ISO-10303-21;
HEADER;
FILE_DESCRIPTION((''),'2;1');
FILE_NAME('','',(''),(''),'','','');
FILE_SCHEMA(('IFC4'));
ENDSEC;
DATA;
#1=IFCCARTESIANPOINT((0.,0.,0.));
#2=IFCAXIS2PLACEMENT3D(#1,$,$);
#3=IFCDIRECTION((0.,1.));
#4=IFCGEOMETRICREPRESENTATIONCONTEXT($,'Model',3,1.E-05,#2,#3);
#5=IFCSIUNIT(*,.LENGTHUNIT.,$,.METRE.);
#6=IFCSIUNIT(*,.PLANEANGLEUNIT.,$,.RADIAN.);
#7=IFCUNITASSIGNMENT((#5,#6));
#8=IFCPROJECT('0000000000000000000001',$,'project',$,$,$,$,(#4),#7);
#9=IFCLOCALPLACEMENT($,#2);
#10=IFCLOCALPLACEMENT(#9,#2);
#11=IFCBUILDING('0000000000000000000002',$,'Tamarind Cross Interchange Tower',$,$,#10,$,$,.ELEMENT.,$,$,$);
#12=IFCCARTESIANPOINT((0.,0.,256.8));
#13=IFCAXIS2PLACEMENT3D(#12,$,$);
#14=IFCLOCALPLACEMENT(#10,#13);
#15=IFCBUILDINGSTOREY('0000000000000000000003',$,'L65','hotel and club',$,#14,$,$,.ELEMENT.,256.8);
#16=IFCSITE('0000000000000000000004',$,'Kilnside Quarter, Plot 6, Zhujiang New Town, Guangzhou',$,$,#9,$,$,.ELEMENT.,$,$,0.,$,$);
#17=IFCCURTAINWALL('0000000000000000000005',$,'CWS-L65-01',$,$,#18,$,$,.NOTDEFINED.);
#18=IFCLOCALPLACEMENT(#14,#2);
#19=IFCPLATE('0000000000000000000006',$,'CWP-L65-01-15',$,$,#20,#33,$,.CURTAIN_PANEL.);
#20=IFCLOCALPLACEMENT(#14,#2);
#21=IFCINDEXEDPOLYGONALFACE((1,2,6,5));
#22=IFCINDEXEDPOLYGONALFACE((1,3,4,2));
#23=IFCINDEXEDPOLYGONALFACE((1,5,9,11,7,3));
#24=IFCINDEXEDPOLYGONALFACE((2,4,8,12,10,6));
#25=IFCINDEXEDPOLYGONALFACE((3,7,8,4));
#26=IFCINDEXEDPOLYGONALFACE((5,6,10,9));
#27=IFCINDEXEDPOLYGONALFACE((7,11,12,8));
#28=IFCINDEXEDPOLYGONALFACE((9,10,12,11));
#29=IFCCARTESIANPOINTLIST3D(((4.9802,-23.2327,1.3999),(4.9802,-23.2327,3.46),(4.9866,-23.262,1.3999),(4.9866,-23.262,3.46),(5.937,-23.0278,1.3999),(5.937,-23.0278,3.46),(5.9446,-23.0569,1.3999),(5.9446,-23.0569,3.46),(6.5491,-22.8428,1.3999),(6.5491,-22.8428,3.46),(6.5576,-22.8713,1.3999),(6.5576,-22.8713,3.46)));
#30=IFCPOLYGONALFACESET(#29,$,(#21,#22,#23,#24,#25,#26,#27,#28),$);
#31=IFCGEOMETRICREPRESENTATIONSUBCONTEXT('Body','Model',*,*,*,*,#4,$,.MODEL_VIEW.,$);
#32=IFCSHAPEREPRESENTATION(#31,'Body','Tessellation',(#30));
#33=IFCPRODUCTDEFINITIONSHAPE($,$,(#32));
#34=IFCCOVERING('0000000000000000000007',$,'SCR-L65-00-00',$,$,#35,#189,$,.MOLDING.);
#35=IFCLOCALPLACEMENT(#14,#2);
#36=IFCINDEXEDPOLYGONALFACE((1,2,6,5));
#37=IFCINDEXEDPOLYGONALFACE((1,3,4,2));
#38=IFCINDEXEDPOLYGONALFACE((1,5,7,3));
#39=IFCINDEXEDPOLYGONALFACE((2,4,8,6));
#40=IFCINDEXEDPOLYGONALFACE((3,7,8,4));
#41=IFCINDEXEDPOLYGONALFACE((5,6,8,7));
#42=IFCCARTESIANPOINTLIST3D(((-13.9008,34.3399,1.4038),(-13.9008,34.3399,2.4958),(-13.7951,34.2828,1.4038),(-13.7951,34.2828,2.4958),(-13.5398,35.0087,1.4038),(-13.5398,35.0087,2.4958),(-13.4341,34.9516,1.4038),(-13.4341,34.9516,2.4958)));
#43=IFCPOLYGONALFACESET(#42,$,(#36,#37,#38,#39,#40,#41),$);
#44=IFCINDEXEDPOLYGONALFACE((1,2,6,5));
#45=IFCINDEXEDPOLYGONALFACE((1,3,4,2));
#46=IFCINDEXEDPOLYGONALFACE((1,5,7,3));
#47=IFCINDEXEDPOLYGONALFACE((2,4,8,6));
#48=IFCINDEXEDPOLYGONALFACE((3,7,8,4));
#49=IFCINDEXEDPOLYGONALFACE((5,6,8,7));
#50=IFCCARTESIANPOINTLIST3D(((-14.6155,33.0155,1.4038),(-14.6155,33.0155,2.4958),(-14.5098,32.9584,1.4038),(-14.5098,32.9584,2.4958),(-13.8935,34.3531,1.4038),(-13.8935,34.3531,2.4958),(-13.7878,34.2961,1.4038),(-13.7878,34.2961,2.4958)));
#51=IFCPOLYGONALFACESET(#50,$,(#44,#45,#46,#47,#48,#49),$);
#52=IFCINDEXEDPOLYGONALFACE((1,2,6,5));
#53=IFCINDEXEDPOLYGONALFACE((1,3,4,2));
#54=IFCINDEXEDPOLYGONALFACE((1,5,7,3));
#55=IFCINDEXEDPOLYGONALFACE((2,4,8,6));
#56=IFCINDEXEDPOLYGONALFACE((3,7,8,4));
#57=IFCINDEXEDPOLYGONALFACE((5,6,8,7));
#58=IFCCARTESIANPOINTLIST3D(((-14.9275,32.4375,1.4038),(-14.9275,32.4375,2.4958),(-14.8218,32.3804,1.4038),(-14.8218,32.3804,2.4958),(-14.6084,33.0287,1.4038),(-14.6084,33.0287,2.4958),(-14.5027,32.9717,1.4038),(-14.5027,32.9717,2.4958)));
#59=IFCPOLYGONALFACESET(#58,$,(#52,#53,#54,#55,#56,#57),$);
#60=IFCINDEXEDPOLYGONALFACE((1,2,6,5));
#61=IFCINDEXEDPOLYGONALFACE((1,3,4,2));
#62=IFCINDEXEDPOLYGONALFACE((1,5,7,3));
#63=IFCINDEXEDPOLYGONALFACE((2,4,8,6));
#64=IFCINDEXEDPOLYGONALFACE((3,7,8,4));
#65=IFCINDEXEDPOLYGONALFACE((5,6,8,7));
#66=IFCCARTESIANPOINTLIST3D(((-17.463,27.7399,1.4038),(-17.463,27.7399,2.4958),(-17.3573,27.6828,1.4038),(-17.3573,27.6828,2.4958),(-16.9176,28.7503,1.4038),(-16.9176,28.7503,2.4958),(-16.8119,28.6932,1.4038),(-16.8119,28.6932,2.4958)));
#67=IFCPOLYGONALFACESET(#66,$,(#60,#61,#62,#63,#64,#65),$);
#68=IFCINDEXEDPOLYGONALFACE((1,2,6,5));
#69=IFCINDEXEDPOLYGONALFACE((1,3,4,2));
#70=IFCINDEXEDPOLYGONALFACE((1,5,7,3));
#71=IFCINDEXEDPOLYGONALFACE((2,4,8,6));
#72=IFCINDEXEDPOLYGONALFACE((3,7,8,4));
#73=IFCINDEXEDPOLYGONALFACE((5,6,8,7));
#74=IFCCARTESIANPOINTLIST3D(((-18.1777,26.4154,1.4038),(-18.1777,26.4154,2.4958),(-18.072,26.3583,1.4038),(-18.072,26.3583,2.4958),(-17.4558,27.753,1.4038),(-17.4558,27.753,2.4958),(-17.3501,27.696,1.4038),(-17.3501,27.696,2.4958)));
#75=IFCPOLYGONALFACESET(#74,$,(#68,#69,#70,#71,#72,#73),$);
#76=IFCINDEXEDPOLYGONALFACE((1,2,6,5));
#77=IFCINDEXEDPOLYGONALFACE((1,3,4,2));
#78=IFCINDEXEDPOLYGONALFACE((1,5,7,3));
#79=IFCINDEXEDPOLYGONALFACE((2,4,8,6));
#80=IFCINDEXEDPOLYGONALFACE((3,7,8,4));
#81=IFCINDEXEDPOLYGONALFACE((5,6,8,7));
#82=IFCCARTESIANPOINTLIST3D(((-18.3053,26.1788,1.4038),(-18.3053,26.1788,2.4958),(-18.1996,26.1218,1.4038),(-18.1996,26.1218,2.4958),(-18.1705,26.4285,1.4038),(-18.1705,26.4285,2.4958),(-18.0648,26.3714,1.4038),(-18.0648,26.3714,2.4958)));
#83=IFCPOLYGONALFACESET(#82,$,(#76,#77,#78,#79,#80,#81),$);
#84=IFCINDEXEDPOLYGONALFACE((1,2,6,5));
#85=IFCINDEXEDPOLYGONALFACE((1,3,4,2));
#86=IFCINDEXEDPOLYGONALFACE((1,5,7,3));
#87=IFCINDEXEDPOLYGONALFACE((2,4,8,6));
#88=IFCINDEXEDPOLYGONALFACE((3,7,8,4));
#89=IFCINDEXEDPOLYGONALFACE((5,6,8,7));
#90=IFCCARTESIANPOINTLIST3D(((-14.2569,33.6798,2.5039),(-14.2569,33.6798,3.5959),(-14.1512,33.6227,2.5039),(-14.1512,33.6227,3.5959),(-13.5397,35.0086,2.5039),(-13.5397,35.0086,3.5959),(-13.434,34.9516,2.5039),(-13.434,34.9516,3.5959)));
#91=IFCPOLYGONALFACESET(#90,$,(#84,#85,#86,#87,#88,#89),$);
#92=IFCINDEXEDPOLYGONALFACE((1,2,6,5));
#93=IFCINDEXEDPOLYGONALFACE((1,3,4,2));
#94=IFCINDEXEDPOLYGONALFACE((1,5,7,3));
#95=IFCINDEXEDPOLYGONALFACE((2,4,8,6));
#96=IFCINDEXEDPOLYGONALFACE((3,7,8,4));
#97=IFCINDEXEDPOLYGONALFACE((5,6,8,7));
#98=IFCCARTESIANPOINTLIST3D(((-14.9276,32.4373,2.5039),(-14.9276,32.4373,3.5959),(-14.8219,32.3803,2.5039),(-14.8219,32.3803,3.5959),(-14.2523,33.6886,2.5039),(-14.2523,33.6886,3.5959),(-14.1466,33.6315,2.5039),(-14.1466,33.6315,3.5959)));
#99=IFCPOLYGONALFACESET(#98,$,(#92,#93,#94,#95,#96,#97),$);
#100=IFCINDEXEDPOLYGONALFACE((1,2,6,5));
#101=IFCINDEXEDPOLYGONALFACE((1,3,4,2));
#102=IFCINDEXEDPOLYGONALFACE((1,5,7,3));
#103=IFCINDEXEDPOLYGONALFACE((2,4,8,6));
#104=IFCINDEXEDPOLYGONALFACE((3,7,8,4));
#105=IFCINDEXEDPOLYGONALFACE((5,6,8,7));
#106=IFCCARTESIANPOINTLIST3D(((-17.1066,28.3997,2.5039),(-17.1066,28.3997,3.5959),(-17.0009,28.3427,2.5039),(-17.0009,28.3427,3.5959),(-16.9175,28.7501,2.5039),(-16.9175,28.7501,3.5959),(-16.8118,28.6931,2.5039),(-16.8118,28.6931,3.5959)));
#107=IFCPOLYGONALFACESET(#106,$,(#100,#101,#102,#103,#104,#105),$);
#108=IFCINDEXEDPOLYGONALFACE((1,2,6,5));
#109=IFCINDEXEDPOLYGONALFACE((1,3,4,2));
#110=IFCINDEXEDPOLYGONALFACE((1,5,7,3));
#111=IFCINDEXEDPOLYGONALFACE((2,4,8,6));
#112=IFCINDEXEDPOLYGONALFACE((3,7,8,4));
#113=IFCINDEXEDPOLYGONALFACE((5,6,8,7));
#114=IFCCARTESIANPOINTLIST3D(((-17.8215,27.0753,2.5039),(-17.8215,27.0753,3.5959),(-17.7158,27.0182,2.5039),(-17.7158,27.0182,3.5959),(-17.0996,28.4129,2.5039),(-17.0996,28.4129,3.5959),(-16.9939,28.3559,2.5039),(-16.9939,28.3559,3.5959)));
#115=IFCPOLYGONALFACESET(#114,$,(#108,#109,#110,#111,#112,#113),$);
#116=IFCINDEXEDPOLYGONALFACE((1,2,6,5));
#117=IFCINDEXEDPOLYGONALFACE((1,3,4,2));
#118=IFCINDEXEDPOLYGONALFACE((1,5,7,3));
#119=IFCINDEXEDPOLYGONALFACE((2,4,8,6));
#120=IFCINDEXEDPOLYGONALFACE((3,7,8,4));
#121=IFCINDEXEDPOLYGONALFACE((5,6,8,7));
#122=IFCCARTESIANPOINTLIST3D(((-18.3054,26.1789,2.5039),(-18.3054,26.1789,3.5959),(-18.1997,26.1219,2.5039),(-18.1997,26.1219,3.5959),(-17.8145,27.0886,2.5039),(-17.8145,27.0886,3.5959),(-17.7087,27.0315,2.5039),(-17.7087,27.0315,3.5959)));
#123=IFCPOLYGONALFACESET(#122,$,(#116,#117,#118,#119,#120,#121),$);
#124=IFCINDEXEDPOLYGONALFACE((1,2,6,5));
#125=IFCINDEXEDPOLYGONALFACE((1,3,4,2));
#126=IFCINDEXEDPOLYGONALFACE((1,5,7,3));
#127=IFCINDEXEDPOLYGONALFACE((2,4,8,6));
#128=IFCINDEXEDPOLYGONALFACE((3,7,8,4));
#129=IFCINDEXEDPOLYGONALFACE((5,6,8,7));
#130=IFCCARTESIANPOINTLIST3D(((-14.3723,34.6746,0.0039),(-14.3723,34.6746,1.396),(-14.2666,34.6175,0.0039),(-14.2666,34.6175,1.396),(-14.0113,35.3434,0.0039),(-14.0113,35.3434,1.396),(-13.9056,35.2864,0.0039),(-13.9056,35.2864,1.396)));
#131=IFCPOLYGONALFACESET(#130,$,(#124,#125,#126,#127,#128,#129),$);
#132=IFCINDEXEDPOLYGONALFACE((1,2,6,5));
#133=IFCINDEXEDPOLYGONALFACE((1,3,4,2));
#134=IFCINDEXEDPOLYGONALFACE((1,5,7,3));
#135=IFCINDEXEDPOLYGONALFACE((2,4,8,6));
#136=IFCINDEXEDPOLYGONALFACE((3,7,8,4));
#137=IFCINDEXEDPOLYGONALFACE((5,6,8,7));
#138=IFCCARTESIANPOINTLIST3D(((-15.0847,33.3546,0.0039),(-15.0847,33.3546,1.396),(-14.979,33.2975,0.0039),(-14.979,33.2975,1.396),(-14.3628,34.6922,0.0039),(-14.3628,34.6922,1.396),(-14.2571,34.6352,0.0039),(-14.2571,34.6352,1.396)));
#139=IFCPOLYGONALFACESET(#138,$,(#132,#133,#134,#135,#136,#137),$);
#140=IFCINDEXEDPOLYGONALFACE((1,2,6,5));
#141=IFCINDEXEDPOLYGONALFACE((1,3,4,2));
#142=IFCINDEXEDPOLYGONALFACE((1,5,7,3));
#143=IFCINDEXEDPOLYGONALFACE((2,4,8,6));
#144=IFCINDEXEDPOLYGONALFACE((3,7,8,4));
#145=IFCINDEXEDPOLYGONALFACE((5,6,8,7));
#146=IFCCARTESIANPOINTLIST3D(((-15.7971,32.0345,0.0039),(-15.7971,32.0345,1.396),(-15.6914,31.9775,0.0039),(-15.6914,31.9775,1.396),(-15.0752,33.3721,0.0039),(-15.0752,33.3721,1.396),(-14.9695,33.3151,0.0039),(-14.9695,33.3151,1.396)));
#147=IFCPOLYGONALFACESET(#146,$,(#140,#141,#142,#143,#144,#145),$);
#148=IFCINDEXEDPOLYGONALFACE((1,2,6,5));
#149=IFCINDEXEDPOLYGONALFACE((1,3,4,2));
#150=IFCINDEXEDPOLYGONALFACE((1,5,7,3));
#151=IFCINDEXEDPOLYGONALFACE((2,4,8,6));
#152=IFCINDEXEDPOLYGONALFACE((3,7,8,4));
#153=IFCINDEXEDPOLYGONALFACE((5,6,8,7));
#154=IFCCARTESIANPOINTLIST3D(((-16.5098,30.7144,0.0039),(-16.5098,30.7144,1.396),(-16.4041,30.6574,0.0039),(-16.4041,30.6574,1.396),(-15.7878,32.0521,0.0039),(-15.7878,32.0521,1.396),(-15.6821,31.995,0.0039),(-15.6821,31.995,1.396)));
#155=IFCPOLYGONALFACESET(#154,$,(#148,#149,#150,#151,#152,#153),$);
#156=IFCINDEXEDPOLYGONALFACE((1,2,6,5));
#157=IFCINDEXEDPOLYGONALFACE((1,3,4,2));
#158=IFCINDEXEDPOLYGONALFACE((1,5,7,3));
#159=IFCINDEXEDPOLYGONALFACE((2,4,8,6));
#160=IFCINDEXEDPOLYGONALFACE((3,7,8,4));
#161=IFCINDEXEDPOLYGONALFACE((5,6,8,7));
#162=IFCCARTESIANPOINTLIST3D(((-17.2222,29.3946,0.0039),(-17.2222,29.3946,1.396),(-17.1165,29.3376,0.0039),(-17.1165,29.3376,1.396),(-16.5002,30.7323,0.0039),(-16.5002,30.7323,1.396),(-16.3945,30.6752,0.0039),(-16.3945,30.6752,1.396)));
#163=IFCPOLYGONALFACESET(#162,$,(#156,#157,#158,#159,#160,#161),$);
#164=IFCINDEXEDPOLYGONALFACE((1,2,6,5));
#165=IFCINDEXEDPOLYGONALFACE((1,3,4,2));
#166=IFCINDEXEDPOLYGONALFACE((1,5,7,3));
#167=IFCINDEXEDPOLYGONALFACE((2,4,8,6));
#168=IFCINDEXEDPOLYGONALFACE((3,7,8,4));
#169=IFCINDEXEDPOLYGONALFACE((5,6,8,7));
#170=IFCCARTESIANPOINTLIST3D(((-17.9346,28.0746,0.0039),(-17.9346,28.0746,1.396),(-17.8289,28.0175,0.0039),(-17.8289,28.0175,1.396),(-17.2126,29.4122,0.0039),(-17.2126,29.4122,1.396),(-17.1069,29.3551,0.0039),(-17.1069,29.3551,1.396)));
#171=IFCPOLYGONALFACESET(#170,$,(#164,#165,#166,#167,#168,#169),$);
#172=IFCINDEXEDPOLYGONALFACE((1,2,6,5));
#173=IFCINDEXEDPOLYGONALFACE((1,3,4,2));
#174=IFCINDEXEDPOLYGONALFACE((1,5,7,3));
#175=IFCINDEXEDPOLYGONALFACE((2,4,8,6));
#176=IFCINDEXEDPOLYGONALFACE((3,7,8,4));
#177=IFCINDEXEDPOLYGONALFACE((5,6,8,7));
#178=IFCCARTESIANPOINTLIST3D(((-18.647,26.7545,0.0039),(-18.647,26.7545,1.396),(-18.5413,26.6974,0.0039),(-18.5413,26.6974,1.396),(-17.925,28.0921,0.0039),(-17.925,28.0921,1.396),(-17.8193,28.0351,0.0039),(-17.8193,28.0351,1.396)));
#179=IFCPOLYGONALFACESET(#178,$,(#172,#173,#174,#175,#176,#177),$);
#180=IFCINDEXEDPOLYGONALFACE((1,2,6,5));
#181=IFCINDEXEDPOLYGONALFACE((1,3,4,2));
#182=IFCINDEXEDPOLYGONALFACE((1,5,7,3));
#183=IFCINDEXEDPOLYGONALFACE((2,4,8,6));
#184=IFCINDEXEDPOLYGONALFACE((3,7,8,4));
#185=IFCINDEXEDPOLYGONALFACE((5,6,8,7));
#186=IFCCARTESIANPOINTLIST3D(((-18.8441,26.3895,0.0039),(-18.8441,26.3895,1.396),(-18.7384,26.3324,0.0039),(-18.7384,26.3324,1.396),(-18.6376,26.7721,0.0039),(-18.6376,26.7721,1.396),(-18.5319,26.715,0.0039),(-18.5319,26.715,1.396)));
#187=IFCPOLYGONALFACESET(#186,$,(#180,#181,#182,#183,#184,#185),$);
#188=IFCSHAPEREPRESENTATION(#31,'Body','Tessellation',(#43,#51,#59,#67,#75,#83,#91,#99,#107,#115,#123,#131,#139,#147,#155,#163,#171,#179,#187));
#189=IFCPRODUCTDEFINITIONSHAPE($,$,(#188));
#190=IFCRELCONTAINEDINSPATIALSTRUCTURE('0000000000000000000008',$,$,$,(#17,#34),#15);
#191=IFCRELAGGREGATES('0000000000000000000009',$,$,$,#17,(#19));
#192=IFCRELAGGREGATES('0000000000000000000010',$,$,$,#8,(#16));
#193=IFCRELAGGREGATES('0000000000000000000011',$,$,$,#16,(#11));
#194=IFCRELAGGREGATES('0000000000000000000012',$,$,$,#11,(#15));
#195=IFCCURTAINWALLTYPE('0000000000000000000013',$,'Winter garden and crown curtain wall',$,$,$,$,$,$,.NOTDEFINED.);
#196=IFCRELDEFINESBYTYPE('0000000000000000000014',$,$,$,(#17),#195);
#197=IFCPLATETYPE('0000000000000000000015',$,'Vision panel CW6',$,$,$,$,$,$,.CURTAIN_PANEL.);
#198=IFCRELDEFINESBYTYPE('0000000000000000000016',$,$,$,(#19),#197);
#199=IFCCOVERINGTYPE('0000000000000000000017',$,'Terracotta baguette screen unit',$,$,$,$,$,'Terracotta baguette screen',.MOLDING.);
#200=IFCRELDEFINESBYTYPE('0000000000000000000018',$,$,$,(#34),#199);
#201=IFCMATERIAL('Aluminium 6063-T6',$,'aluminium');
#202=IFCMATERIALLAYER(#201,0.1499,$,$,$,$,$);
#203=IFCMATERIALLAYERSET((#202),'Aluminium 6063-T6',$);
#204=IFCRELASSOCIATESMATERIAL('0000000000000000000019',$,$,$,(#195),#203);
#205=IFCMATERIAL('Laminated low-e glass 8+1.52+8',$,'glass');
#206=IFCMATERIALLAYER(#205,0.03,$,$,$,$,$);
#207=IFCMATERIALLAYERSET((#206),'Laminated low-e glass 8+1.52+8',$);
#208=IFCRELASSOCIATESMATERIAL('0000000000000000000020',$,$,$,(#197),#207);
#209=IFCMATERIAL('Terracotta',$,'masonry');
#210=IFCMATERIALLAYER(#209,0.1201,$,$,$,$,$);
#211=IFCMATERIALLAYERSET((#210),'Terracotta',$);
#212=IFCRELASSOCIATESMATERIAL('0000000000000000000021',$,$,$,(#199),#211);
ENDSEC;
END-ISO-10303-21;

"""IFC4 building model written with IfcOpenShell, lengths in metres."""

from ifc_helpers import new_model, si_unit, direction, frame, origin, origin_2d, place, context, subcontext, project, spatial, polyline, rectangle, outline, extrude, material, layer, layer_set, type_object, element, aggregate, save


model = new_model("IFC4")

# Units and contexts
model_context = context("Model", 3, precision=1e-05, world=origin(), true_north=direction((0.0, 1.0)))
body_context = subcontext(model_context, "Body", "Model", "MODEL_VIEW")
ifc_project = project(units=[si_unit("LENGTHUNIT", "METRE"), si_unit("PLANEANGLEUNIT", "RADIAN")], contexts=[model_context])

# Site, building, storey
site_placement = place(None, origin())
site = spatial("IfcSite", under=ifc_project, at=site_placement, Name="Kilnside Quarter, Plot 6, Zhujiang New Town, Guangzhou", CompositionType="ELEMENT", RefElevation=0.0)
building_placement = place(site_placement, origin())
building = spatial("IfcBuilding", under=site, at=building_placement, Name="Tamarind Cross Interchange Tower", CompositionType="ELEMENT")
storey_placement = place(building_placement, frame((0.0, 0.0, 256.8)))
storey = spatial("IfcBuildingStorey", under=building, at=storey_placement, Name="L65", Description="hotel and club", CompositionType="ELEMENT", Elevation=256.8)

# Shared definitions
ifc_material_1 = material(Name="Aluminium 6063-T6", Category="aluminium")

# Curtain wall, plate
ifc_layer_1 = layer(ifc_material_1, 0.1499)
ifc_layer_set_1 = layer_set([ifc_layer_1], Name="Aluminium 6063-T6")
curtain_wall_type_1 = type_object("IfcCurtainWallType", Name="Winter garden and crown curtain wall", PredefinedType="NOTDEFINED", material=ifc_layer_set_1)
curtain_wall_1_placement = place(storey_placement, origin())
curtain_wall_1 = element("IfcCurtainWall", 1, at=curtain_wall_1_placement, inside=storey, type_object=curtain_wall_type_1, Name="CWS-L65-01", PredefinedType="NOTDEFINED")
ifc_material_2 = material(Name="Laminated low-e glass 8+1.52+8", Category="glass")
ifc_layer_2 = layer(ifc_material_2, 0.03)
ifc_layer_set_2 = layer_set([ifc_layer_2], Name="Laminated low-e glass 8+1.52+8")
plate_type_1 = type_object("IfcPlateType", Name="Vision panel CW6", PredefinedType="CURTAIN_PANEL", material=ifc_layer_set_2)
plate_1_placement = place(storey_placement, frame((0.0, 0.0, 1.3999)))
plate_1 = element("IfcPlate", 2, at=plate_1_placement, type_object=plate_type_1, Name="CWP-L65-01-15", PredefinedType="CURTAIN_PANEL", context=body_context, shape_type="SweptSolid", body=[
    extrude(outline(polyline([(4.9802, -23.2327), (5.937, -23.0278), (6.5491, -22.8428), (6.5576, -22.8713), (5.9446, -23.0569), (4.9866, -23.262), (4.9802, -23.2327)])), origin(), (0.0, 0.0, 1.0), 2.0601),
])
aggregate(curtain_wall_1, [plate_1])

# Covering
ifc_material_3 = material(Name="Terracotta", Category="masonry")
ifc_layer_3 = layer(ifc_material_3, 0.1201)
ifc_layer_set_3 = layer_set([ifc_layer_3], Name="Terracotta")
covering_type = type_object("IfcCoveringType", Name="Terracotta baguette screen unit", ElementType="Terracotta baguette screen", PredefinedType="MOLDING", material=ifc_layer_set_3)
covering_placement = place(storey_placement, origin())
element("IfcCovering", 3, at=covering_placement, inside=storey, type_object=covering_type, Name="SCR-L65-00-00", PredefinedType="MOLDING", context=body_context, shape_type="SweptSolid", body=[
    extrude(rectangle(XDim=0.76, YDim=0.1201, at=origin_2d()), frame((-13.6675, 34.6458, 1.4038), z_axis=(0.0, 0.0, 1.0), x_axis=(-0.474961, -0.880007, 0.0)), (0.0, 0.0, 1.0), 1.092),
    extrude(rectangle(XDim=1.52, YDim=0.1201, at=origin_2d()), frame((-14.2017, 33.6558, 1.4038), z_axis=(0.0, 0.0, 1.0), x_axis=(-0.474961, -0.880007, 0.0)), (0.0, 0.0, 1.0), 1.092),
    extrude(rectangle(XDim=0.6719, YDim=0.1201, at=origin_2d()), frame((-14.7151, 32.7046, 1.4038), z_axis=(0.0, 0.0, 1.0), x_axis=(-0.474961, -0.880007, 0.0)), (0.0, 0.0, 1.0), 1.092),
    extrude(rectangle(XDim=1.1482, YDim=0.1201, at=origin_2d()), frame((-17.1375, 28.2166, 1.4038), z_axis=(0.0, 0.0, 1.0), x_axis=(-0.474961, -0.880007, 0.0)), (0.0, 0.0, 1.0), 1.092),
    extrude(rectangle(XDim=1.52, YDim=0.1201, at=origin_2d()), frame((-17.7639, 27.0557, 1.4038), z_axis=(0.0, 0.0, 1.0), x_axis=(-0.474961, -0.880007, 0.0)), (0.0, 0.0, 1.0), 1.092),
    extrude(rectangle(XDim=0.2837, YDim=0.1201, at=origin_2d()), frame((-18.1851, 26.2751, 1.4038), z_axis=(0.0, 0.0, 1.0), x_axis=(-0.474961, -0.880007, 0.0)), (0.0, 0.0, 1.0), 1.092),
    extrude(rectangle(XDim=1.51, YDim=0.1201, at=origin_2d()), frame((-13.8455, 34.3157, 2.5039), z_axis=(0.0, 0.0, 1.0), x_axis=(-0.474961, -0.880007, 0.0)), (0.0, 0.0, 1.0), 1.092),
    extrude(rectangle(XDim=1.4219, YDim=0.1201, at=origin_2d()), frame((-14.5371, 33.0344, 2.5039), z_axis=(0.0, 0.0, 1.0), x_axis=(-0.474961, -0.880007, 0.0)), (0.0, 0.0, 1.0), 1.092),
    extrude(rectangle(XDim=0.3982, YDim=0.1201, at=origin_2d()), frame((-16.9592, 28.5464, 2.5039), z_axis=(0.0, 0.0, 1.0), x_axis=(-0.474961, -0.880007, 0.0)), (0.0, 0.0, 1.0), 1.092),
    extrude(rectangle(XDim=1.52, YDim=0.1201, at=origin_2d()), frame((-17.4077, 27.7156, 2.5039), z_axis=(0.0, 0.0, 1.0), x_axis=(-0.474961, -0.880007, 0.0)), (0.0, 0.0, 1.0), 1.092),
    extrude(rectangle(XDim=1.0337, YDim=0.1201, at=origin_2d()), frame((-18.0071, 26.6052, 2.5039), z_axis=(0.0, 0.0, 1.0), x_axis=(-0.474961, -0.880007, 0.0)), (0.0, 0.0, 1.0), 1.092),
    extrude(rectangle(XDim=0.76, YDim=0.1201, at=origin_2d()), frame((-14.1389, 34.9805, 0.0039), z_axis=(0.0, 0.0, 1.0), x_axis=(-0.474961, -0.880007, 0.0)), (0.0, 0.0, 1.0), 1.3921),
    extrude(rectangle(XDim=1.52, YDim=0.1201, at=origin_2d()), frame((-14.6709, 33.9949, 0.0039), z_axis=(0.0, 0.0, 1.0), x_axis=(-0.474961, -0.880007, 0.0)), (0.0, 0.0, 1.0), 1.3921),
    extrude(rectangle(XDim=1.52, YDim=0.1201, at=origin_2d()), frame((-15.3833, 32.6748, 0.0039), z_axis=(0.0, 0.0, 1.0), x_axis=(-0.474961, -0.880007, 0.0)), (0.0, 0.0, 1.0), 1.3921),
    extrude(rectangle(XDim=1.52, YDim=0.1201, at=origin_2d()), frame((-16.0959, 31.3547, 0.0039), z_axis=(0.0, 0.0, 1.0), x_axis=(-0.474961, -0.880007, 0.0)), (0.0, 0.0, 1.0), 1.3921),
    extrude(rectangle(XDim=1.52, YDim=0.1201, at=origin_2d()), frame((-16.8083, 30.0349, 0.0039), z_axis=(0.0, 0.0, 1.0), x_axis=(-0.474961, -0.880007, 0.0)), (0.0, 0.0, 1.0), 1.3921),
    extrude(rectangle(XDim=1.52, YDim=0.1201, at=origin_2d()), frame((-17.5208, 28.7148, 0.0039), z_axis=(0.0, 0.0, 1.0), x_axis=(-0.474961, -0.880007, 0.0)), (0.0, 0.0, 1.0), 1.3921),
    extrude(rectangle(XDim=1.52, YDim=0.1201, at=origin_2d()), frame((-18.2332, 27.3948, 0.0039), z_axis=(0.0, 0.0, 1.0), x_axis=(-0.474961, -0.880007, 0.0)), (0.0, 0.0, 1.0), 1.3921),
    extrude(rectangle(XDim=0.4348, YDim=0.1201, at=origin_2d()), frame((-18.688, 26.5522, 0.0039), z_axis=(0.0, 0.0, 1.0), x_axis=(-0.474961, -0.880007, 0.0)), (0.0, 0.0, 1.0), 1.3921),
])

save(model, "model.ifc")
